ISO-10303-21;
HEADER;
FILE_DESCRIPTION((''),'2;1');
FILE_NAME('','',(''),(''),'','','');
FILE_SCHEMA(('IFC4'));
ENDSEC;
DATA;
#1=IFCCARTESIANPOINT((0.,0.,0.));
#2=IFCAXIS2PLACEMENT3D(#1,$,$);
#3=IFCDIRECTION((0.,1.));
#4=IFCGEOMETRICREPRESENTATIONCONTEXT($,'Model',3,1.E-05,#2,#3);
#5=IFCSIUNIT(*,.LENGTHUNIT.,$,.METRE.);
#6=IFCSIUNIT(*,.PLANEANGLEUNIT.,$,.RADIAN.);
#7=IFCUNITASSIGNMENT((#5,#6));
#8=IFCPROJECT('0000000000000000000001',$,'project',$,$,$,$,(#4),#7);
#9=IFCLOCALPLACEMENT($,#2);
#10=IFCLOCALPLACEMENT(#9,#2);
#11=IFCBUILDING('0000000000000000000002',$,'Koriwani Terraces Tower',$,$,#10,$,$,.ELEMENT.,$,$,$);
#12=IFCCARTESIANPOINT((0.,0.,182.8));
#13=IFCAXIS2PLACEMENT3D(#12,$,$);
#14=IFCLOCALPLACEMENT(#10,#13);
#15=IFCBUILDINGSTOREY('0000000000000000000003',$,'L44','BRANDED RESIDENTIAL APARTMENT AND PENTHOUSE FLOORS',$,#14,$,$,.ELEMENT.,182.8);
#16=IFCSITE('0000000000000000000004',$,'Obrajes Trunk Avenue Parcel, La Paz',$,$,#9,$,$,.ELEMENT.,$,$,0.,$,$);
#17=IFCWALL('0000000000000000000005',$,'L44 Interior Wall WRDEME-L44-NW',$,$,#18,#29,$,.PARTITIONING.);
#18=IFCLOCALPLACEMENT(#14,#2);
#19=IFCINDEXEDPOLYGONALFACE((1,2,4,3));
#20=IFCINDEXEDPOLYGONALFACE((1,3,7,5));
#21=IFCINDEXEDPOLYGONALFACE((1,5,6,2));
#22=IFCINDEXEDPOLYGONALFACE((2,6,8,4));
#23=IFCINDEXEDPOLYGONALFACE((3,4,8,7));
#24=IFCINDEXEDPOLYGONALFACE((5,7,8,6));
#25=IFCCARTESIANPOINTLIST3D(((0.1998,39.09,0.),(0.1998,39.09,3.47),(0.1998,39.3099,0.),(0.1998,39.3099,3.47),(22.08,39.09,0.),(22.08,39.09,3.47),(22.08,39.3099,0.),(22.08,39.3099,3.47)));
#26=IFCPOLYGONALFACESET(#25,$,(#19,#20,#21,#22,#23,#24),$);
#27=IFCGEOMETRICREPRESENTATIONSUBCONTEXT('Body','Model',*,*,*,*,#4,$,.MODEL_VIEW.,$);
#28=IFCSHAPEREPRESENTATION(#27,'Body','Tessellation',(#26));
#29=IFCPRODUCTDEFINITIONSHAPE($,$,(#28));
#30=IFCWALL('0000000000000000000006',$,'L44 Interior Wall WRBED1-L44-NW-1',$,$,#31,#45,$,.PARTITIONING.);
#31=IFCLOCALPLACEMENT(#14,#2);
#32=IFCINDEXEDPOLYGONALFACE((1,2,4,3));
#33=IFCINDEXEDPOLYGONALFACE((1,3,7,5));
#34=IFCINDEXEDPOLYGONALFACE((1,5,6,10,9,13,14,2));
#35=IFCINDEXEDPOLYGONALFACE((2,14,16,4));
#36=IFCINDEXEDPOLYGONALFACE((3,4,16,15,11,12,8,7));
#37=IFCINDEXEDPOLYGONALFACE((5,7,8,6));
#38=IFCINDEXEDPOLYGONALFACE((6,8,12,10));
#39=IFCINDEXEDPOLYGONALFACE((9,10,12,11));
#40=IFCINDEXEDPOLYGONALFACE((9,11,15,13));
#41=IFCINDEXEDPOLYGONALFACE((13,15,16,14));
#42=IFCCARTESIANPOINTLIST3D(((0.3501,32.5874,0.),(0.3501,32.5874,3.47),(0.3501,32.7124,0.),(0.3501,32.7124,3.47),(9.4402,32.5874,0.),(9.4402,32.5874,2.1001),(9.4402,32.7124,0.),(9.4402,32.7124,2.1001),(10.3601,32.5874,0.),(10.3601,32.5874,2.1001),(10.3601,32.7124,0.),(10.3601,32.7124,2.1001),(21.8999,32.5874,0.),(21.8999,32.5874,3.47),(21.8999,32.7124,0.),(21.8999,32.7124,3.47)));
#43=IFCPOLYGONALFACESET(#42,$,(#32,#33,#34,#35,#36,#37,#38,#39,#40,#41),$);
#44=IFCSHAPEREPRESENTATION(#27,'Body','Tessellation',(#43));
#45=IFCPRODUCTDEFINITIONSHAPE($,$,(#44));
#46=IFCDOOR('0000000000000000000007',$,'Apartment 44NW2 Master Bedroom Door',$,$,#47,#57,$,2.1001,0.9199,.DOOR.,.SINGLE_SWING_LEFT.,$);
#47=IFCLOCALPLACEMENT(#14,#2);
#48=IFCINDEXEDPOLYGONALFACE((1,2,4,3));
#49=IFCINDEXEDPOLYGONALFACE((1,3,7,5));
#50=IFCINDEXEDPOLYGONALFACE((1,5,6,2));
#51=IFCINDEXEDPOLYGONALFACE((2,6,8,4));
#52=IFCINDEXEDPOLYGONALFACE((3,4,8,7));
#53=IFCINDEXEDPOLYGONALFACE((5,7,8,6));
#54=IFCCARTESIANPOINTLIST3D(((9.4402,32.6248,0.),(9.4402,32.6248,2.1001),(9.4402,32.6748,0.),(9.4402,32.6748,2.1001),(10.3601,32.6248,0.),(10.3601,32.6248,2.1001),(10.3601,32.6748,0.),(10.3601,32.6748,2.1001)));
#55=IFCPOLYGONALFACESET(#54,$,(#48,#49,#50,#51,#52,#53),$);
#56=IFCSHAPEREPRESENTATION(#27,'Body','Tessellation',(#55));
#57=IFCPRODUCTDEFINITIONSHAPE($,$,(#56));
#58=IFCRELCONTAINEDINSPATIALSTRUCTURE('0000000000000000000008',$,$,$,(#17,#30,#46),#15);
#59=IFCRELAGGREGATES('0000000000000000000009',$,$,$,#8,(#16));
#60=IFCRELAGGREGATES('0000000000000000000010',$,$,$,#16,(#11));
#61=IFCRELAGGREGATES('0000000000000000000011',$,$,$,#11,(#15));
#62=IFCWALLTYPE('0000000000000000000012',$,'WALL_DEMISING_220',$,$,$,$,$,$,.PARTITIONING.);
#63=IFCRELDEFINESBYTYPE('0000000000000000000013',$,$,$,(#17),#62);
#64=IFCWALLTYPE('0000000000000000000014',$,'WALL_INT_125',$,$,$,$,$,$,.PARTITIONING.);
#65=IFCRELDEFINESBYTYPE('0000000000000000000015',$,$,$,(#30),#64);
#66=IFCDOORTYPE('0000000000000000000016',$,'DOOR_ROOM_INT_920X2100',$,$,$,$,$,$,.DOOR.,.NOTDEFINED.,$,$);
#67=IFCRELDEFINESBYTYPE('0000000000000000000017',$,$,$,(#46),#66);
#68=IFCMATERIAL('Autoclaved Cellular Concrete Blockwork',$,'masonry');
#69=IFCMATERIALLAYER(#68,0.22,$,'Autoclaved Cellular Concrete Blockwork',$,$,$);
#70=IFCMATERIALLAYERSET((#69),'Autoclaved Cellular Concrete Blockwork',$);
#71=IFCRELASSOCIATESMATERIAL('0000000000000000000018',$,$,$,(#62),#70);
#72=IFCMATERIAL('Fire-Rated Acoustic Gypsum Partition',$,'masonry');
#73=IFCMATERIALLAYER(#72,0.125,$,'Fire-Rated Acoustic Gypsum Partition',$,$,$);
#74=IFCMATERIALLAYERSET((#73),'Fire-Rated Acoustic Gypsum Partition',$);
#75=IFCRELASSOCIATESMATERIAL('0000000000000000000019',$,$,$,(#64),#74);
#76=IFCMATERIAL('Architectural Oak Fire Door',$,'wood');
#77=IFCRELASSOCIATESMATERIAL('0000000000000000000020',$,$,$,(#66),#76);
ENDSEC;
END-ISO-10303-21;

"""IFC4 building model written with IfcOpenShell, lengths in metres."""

from ifc_helpers import new_model, si_unit, direction, frame, frame_2d, origin, place, context, subcontext, project, spatial, rectangle, extrude, material, layer, layer_set, type_object, element, fill, save


model = new_model("IFC4")

# Units and contexts
model_context = context("Model", 3, precision=1e-05, world=origin(), true_north=direction((0.0, 1.0)))
body_context = subcontext(model_context, "Body", "Model", "MODEL_VIEW")
ifc_project = project(units=[si_unit("LENGTHUNIT", "METRE"), si_unit("PLANEANGLEUNIT", "RADIAN")], contexts=[model_context])

# Site, building, storey
site_placement = place(None, origin())
site = spatial("IfcSite", under=ifc_project, at=site_placement, Name="Obrajes Trunk Avenue Parcel, La Paz", CompositionType="ELEMENT", RefElevation=0.0)
building_placement = place(site_placement, origin())
building = spatial("IfcBuilding", under=site, at=building_placement, Name="Koriwani Terraces Tower", CompositionType="ELEMENT")
storey_placement = place(building_placement, frame((0.0, 0.0, 182.8)))
storey = spatial("IfcBuildingStorey", under=building, at=storey_placement, Name="L44", Description="BRANDED RESIDENTIAL APARTMENT AND PENTHOUSE FLOORS", CompositionType="ELEMENT", Elevation=182.8)

# Shared definitions
ifc_material_1 = material(Name="Autoclaved Cellular Concrete Blockwork", Category="masonry")
ifc_material_2 = material(Name="Architectural Oak Fire Door", Category="wood")

# Wall
ifc_layer_1 = layer(ifc_material_1, 0.22, Name="Autoclaved Cellular Concrete Blockwork")
ifc_layer_set_1 = layer_set([ifc_layer_1], Name="Autoclaved Cellular Concrete Blockwork")
wall_type_1 = type_object("IfcWallType", Name="WALL_DEMISING_220", PredefinedType="PARTITIONING", material=ifc_layer_set_1)
for number, where, z_axis, x_axis, name in (
    (1, (0.2, 39.2, 0.0), (0.0, 0.0, 1.0), (1.0, 0.0, 0.0), "L44 Interior Wall WRDEME-L44-NW"),
):
    element("IfcWall", number, at=place(storey_placement, frame(where, z_axis=z_axis, x_axis=x_axis)), inside=storey, type_object=wall_type_1, Name=name, PredefinedType="PARTITIONING", context=body_context, shape_type="SweptSolid", body=[
        extrude(rectangle(XDim=21.8801, YDim=0.22, at=frame_2d((10.9399, 0.0))), origin(), (0.0, 0.0, 1.0), 3.47),
    ])

# Wall, opening, door
ifc_material_3 = material(Name="Fire-Rated Acoustic Gypsum Partition", Category="masonry")
ifc_layer_2 = layer(ifc_material_3, 0.125, Name="Fire-Rated Acoustic Gypsum Partition")
ifc_layer_set_2 = layer_set([ifc_layer_2], Name="Fire-Rated Acoustic Gypsum Partition")
wall_type_2 = type_object("IfcWallType", Name="WALL_INT_125", PredefinedType="PARTITIONING", material=ifc_layer_set_2)
wall_1_placement = place(storey_placement, frame((0.3501, 32.6499, 0.0), z_axis=(0.0, 0.0, 1.0), x_axis=(1.0, 0.0, 0.0)))
wall_1 = element("IfcWall", 2, at=wall_1_placement, inside=storey, type_object=wall_type_2, Name="L44 Interior Wall WRBED1-L44-NW-1", PredefinedType="PARTITIONING", context=body_context, shape_type="SweptSolid", body=[
    extrude(rectangle(XDim=21.5498, YDim=0.125, at=frame_2d((10.7749, 0.0))), origin(), (0.0, 0.0, 1.0), 3.47),
])
opening_1_placement = place(wall_1_placement, frame((9.0901, 0.0, 0.0)))
opening_1 = element("IfcOpeningElement", 3, at=opening_1_placement, cuts=wall_1, PredefinedType="OPENING", context=body_context, shape_type="SweptSolid", body=[
    extrude(rectangle(XDim=0.9199, YDim=2.1001, at=frame_2d((0.46, 1.05))), frame((0.0, 0.0725, 0.0), z_axis=(0.0, -1.0, 0.0), x_axis=(1.0, 0.0, 0.0)), (0.0, 0.0, 1.0), 0.145),
])
door_type_1 = type_object("IfcDoorType", Name="DOOR_ROOM_INT_920X2100", OperationType="NOTDEFINED", PredefinedType="DOOR", material=ifc_material_2)
door_1_placement = place(opening_1_placement, origin())
door_1 = element("IfcDoor", 4, at=door_1_placement, inside=storey, type_object=door_type_1, Name="Apartment 44NW2 Master Bedroom Door", OperationType="SINGLE_SWING_LEFT", OverallHeight=2.1001, OverallWidth=0.9199, PredefinedType="DOOR", context=body_context, shape_type="SweptSolid", body=[
    extrude(rectangle(XDim=0.9199, YDim=2.1001, at=frame_2d((0.46, 1.05))), frame((0.0, 0.0249, 0.0), z_axis=(0.0, -1.0, 0.0), x_axis=(1.0, 0.0, 0.0)), (0.0, 0.0, 1.0), 0.05),
])
fill(opening_1, door_1)

save(model, "model.ifc")
